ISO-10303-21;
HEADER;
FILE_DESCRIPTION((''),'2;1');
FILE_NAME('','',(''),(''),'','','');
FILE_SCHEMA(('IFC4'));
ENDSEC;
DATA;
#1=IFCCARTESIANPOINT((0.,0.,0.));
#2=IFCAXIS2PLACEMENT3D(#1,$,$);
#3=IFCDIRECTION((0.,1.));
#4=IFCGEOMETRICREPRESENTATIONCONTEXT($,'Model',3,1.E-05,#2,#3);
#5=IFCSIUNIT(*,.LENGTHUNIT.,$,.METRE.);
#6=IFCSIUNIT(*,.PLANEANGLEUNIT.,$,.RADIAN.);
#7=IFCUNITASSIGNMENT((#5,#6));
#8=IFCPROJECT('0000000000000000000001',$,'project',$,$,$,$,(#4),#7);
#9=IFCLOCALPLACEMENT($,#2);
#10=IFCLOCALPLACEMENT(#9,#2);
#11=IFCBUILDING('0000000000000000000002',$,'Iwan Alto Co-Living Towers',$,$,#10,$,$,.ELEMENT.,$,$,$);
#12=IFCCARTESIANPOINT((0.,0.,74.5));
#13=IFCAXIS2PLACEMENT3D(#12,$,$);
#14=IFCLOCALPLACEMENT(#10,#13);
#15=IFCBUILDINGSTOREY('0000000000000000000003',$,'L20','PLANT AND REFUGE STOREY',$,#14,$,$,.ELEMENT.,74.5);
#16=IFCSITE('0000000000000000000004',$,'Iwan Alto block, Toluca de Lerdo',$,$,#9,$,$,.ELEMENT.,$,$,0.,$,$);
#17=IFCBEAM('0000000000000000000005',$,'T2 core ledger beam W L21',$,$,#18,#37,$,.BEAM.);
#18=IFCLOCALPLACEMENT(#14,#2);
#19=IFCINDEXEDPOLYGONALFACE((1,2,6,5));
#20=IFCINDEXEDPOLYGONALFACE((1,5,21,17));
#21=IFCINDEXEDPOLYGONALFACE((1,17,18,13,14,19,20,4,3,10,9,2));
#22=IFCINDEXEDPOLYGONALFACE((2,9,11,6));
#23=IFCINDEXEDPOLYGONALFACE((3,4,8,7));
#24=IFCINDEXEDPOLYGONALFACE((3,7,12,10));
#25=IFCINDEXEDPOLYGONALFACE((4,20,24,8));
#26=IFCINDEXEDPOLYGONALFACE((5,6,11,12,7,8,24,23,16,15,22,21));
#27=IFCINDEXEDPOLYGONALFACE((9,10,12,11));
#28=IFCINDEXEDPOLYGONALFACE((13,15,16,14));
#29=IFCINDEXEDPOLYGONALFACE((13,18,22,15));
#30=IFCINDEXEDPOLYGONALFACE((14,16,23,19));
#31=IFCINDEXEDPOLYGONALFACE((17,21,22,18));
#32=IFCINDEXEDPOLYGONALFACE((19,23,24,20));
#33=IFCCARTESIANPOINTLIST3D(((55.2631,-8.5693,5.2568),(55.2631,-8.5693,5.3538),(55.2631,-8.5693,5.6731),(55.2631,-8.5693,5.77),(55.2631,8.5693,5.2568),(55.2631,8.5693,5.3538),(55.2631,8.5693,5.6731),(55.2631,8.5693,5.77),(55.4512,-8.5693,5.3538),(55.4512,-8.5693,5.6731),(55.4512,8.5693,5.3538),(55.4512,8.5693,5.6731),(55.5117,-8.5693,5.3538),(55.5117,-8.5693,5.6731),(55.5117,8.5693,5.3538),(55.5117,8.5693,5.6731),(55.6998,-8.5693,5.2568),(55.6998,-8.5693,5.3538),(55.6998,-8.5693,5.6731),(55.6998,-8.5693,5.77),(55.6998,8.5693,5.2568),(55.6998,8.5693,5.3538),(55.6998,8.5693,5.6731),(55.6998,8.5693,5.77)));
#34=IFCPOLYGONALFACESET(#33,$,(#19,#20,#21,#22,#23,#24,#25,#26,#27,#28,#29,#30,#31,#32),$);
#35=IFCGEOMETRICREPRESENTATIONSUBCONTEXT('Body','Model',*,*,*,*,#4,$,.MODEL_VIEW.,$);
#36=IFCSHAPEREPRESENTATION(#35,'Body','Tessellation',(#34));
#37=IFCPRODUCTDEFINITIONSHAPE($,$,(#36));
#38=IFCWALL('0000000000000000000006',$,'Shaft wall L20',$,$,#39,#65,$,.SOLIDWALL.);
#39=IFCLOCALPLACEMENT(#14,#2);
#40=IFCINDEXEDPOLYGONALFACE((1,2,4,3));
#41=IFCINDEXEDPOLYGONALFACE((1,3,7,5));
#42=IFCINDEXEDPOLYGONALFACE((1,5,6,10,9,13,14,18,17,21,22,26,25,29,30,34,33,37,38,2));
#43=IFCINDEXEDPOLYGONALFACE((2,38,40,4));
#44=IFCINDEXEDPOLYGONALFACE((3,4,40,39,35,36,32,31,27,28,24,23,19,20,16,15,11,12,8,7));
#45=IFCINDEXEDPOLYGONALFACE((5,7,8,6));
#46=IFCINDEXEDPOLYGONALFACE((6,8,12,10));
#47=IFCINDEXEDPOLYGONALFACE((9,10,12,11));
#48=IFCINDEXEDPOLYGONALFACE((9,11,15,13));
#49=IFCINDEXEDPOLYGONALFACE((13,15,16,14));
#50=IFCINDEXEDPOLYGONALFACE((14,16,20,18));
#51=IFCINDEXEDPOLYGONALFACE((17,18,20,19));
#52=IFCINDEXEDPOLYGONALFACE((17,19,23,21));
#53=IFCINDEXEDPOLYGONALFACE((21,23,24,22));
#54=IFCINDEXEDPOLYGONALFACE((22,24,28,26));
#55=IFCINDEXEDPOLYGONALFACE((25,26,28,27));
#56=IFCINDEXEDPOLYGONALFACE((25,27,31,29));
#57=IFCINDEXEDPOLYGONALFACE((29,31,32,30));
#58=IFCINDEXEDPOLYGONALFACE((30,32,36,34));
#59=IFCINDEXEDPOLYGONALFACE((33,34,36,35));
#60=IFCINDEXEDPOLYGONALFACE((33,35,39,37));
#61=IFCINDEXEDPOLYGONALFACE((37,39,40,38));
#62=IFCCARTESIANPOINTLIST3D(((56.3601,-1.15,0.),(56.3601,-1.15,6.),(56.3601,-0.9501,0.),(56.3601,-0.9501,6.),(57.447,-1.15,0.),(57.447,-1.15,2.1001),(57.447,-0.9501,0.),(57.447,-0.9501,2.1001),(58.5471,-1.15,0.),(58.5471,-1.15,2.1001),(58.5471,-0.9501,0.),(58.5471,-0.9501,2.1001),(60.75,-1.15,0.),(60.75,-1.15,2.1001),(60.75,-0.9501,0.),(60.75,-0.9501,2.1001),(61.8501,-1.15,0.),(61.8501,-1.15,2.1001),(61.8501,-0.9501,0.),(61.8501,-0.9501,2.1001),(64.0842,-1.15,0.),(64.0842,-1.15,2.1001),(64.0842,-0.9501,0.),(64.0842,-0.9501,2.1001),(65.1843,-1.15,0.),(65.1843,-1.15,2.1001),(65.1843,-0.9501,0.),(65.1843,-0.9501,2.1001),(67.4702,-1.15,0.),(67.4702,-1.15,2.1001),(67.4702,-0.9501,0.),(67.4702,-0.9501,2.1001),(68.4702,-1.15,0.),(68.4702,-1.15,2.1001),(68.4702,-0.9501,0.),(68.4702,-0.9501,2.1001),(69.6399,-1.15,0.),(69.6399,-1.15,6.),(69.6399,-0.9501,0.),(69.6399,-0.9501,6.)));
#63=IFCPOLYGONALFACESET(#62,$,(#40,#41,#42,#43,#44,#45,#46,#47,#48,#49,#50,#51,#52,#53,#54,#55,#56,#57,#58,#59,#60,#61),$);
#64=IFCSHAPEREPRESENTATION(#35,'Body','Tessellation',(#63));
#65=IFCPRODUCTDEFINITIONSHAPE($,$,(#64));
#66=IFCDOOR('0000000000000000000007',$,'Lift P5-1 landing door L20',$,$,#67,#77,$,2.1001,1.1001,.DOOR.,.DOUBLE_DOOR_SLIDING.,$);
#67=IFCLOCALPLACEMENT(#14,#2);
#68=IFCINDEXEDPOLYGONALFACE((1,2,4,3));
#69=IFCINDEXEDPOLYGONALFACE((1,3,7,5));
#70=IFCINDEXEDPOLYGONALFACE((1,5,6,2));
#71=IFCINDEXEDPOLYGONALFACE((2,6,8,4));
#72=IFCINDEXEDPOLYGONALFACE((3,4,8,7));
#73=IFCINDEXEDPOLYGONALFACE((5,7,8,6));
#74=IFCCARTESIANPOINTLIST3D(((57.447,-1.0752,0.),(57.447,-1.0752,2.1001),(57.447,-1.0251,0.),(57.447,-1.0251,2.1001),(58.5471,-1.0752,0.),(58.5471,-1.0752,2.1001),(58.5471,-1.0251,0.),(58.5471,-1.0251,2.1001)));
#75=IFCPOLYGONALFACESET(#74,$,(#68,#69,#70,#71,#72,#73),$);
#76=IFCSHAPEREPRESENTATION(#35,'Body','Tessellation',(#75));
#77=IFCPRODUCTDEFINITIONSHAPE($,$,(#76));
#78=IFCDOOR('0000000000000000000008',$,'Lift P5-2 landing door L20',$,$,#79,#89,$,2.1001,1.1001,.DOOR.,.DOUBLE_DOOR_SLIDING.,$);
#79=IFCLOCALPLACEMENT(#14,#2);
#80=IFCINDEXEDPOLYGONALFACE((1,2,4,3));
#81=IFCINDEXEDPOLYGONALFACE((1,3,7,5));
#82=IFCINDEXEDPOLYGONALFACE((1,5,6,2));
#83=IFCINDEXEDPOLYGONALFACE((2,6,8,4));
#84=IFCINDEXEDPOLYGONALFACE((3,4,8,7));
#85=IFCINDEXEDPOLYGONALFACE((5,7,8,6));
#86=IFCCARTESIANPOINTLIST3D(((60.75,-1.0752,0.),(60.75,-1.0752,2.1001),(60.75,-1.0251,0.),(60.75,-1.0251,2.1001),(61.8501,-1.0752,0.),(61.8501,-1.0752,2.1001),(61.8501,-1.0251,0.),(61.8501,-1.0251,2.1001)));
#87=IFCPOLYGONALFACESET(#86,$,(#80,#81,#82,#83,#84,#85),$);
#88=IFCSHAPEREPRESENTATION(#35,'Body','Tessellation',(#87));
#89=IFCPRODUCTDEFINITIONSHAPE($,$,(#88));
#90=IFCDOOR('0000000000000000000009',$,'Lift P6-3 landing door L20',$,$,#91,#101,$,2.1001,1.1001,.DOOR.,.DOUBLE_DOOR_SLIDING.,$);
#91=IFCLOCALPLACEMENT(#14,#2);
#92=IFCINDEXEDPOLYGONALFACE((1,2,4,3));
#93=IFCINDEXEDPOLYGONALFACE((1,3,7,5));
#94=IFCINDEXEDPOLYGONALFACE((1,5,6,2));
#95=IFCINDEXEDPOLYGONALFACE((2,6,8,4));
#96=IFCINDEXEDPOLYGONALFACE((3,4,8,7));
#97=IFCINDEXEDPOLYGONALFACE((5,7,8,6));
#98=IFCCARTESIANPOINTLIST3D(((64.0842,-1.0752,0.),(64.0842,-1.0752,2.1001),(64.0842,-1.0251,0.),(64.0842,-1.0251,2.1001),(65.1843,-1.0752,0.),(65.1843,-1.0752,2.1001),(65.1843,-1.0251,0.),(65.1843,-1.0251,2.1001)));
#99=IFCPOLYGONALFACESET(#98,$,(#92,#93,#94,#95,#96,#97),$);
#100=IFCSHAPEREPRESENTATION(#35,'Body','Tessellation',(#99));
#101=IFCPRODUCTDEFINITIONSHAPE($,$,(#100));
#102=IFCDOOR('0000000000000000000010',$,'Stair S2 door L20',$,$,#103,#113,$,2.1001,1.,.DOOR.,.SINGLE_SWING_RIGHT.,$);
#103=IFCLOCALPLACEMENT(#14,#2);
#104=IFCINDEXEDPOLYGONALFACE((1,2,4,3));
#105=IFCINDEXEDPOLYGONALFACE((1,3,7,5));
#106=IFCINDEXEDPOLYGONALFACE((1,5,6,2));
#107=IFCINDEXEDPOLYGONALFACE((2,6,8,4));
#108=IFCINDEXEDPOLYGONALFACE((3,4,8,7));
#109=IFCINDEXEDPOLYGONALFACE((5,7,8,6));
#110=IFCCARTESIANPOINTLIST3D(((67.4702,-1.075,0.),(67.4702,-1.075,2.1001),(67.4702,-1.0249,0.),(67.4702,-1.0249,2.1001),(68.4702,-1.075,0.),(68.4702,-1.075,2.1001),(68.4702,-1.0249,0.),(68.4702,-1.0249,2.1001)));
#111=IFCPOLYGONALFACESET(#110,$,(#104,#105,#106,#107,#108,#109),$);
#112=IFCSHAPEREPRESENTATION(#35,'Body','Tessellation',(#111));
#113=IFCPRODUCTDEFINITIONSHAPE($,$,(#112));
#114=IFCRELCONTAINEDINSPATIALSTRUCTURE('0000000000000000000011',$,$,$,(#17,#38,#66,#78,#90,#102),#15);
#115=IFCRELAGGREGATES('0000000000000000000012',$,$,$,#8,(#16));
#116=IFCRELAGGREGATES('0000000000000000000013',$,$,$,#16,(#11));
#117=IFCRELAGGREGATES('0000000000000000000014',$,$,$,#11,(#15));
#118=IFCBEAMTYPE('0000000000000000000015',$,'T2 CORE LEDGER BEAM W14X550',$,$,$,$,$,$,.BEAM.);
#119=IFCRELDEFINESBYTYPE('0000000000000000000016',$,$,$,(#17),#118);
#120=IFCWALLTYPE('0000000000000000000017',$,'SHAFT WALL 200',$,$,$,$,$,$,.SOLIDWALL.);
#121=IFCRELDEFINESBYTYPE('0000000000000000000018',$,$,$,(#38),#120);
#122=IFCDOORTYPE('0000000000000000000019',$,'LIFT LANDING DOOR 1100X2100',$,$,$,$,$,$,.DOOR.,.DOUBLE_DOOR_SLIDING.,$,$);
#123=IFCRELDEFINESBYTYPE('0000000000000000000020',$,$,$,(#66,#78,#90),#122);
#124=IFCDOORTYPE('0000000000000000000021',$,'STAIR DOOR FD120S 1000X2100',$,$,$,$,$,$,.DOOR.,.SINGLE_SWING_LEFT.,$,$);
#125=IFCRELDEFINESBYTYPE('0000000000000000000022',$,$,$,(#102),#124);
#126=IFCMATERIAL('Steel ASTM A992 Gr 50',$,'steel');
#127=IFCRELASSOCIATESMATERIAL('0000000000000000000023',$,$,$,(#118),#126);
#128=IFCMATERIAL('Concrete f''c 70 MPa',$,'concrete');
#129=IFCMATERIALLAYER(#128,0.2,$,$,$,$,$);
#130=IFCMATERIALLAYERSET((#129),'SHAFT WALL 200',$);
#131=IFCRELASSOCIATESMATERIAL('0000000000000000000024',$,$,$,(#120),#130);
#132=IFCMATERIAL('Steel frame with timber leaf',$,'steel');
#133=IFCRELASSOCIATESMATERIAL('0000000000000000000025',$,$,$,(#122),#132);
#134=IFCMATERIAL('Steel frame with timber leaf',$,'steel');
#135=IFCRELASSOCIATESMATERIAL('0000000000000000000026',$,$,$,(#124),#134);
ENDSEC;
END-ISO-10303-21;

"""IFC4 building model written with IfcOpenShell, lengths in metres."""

from ifc_helpers import new_model, si_unit, direction, frame, frame_2d, origin, origin_2d, place, context, subcontext, project, spatial, rectangle, i_section, extrude, material, layer, layer_set, material_profile, profile_set, type_object, element, fill, save


model = new_model("IFC4")

# Units and contexts
model_context = context("Model", 3, precision=1e-05, world=origin(), true_north=direction((0.0, 1.0)))
body_context = subcontext(model_context, "Body", "Model", "MODEL_VIEW")
ifc_project = project(units=[si_unit("LENGTHUNIT", "METRE"), si_unit("PLANEANGLEUNIT", "RADIAN")], contexts=[model_context])

# Site, building, storey
site_placement = place(None, origin())
site = spatial("IfcSite", under=ifc_project, at=site_placement, Name="Iwan Alto block, Toluca de Lerdo", CompositionType="ELEMENT", RefElevation=0.0)
building_placement = place(site_placement, origin())
building = spatial("IfcBuilding", under=site, at=building_placement, Name="Iwan Alto Co-Living Towers", CompositionType="ELEMENT")
storey_placement = place(building_placement, frame((0.0, 0.0, 74.5)))
storey = spatial("IfcBuildingStorey", under=building, at=storey_placement, Name="L20", Description="PLANT AND REFUGE STOREY", CompositionType="ELEMENT", Elevation=74.5)

# Beam
ifc_material_1 = material(Name="Steel ASTM A992 Gr 50", Category="steel")
ifc_material_profile = material_profile(ifc_material_1, i_section(OverallWidth=0.4368, OverallDepth=0.5132, WebThickness=0.0605, FlangeThickness=0.0969, at=origin_2d()), Name="W14X550")
ifc_profile_set = profile_set([ifc_material_profile], Name="Steel ASTM A992 Gr 50")
beam_type = type_object("IfcBeamType", Name="T2 CORE LEDGER BEAM W14X550", PredefinedType="BEAM", material=ifc_profile_set)
beam_placement = place(storey_placement, frame((55.4814, 8.5693, 5.5134), z_axis=(0.0, -1.0, 0.0), x_axis=(1.0, 0.0, 0.0)))
element("IfcBeam", 1, at=beam_placement, inside=storey, type_object=beam_type, Name="T2 core ledger beam W L21", PredefinedType="BEAM", context=body_context, shape_type="SweptSolid", body=[
    extrude(i_section(OverallWidth=0.4368, OverallDepth=0.5132, WebThickness=0.0605, FlangeThickness=0.0969, at=origin_2d()), origin(), (0.0, 0.0, 1.0), 17.1387),
])

# Wall, openings, doors
ifc_material_2 = material(Name="Concrete f'c 70 MPa", Category="concrete")
ifc_layer_1 = layer(ifc_material_2, 0.2)
ifc_layer_set_1 = layer_set([ifc_layer_1], Name="SHAFT WALL 200")
wall_type_1 = type_object("IfcWallType", Name="SHAFT WALL 200", PredefinedType="SOLIDWALL", material=ifc_layer_set_1)
wall_1_placement = place(storey_placement, frame((56.3601, -1.05, 0.0), z_axis=(0.0, 0.0, 1.0), x_axis=(1.0, 0.0, 0.0)))
wall_1 = element("IfcWall", 2, at=wall_1_placement, inside=storey, type_object=wall_type_1, Name="Shaft wall L20", PredefinedType="SOLIDWALL", context=body_context, shape_type="SweptSolid", body=[
    extrude(rectangle(XDim=13.2798, YDim=0.2, at=frame_2d((6.6399, 0.0))), origin(), (0.0, 0.0, 1.0), 6.0),
])
opening_1_placement = place(wall_1_placement, frame((11.1101, 0.0, 0.0)))
opening_1 = element("IfcOpeningElement", 3, at=opening_1_placement, cuts=wall_1, PredefinedType="OPENING", context=body_context, shape_type="SweptSolid", body=[
    extrude(rectangle(XDim=1.0, YDim=2.1001, at=frame_2d((0.5, 1.05))), frame((0.0, 0.1099, 0.0), z_axis=(0.0, -1.0, 0.0), x_axis=(1.0, 0.0, 0.0)), (0.0, 0.0, 1.0), 0.22),
])
opening_2_placement = place(wall_1_placement, frame((1.0869, 0.0, 0.0)))
opening_2 = element("IfcOpeningElement", 4, at=opening_2_placement, cuts=wall_1, PredefinedType="OPENING", context=body_context, shape_type="SweptSolid", body=[
    extrude(rectangle(XDim=1.1001, YDim=2.1001, at=frame_2d((0.55, 1.05))), frame((0.0, 0.1099, 0.0), z_axis=(0.0, -1.0, 0.0), x_axis=(1.0, 0.0, 0.0)), (0.0, 0.0, 1.0), 0.22),
])
opening_3_placement = place(wall_1_placement, frame((4.3899, 0.0, 0.0)))
opening_3 = element("IfcOpeningElement", 5, at=opening_3_placement, cuts=wall_1, PredefinedType="OPENING", context=body_context, shape_type="SweptSolid", body=[
    extrude(rectangle(XDim=1.1001, YDim=2.1001, at=frame_2d((0.55, 1.05))), frame((0.0, 0.1099, 0.0), z_axis=(0.0, -1.0, 0.0), x_axis=(1.0, 0.0, 0.0)), (0.0, 0.0, 1.0), 0.22),
])
opening_4_placement = place(wall_1_placement, frame((7.7241, 0.0, 0.0)))
opening_4 = element("IfcOpeningElement", 6, at=opening_4_placement, cuts=wall_1, PredefinedType="OPENING", context=body_context, shape_type="SweptSolid", body=[
    extrude(rectangle(XDim=1.1001, YDim=2.1001, at=frame_2d((0.55, 1.05))), frame((0.0, 0.1099, 0.0), z_axis=(0.0, -1.0, 0.0), x_axis=(1.0, 0.0, 0.0)), (0.0, 0.0, 1.0), 0.22),
])
ifc_material_3 = material(Name="Steel frame with timber leaf", Category="steel")
door_type_1 = type_object("IfcDoorType", Name="LIFT LANDING DOOR 1100X2100", OperationType="DOUBLE_DOOR_SLIDING", PredefinedType="DOOR", material=ifc_material_3)
door_1_placement = place(opening_2_placement, origin())
door_1 = element("IfcDoor", 7, at=door_1_placement, inside=storey, type_object=door_type_1, Name="Lift P5-1 landing door L20", OperationType="DOUBLE_DOOR_SLIDING", OverallHeight=2.1001, OverallWidth=1.1001, PredefinedType="DOOR", context=body_context, shape_type="SweptSolid", body=[
    extrude(rectangle(XDim=1.1001, YDim=2.1001, at=frame_2d((0.55, 1.05))), frame((0.0, 0.0249, 0.0), z_axis=(0.0, -1.0, 0.0), x_axis=(1.0, 0.0, 0.0)), (0.0, 0.0, 1.0), 0.05),
])
fill(opening_2, door_1)
door_2_placement = place(opening_3_placement, origin())
door_2 = element("IfcDoor", 8, at=door_2_placement, inside=storey, type_object=door_type_1, Name="Lift P5-2 landing door L20", OperationType="DOUBLE_DOOR_SLIDING", OverallHeight=2.1001, OverallWidth=1.1001, PredefinedType="DOOR", context=body_context, shape_type="SweptSolid", body=[
    extrude(rectangle(XDim=1.1001, YDim=2.1001, at=frame_2d((0.55, 1.05))), frame((0.0, 0.0249, 0.0), z_axis=(0.0, -1.0, 0.0), x_axis=(1.0, 0.0, 0.0)), (0.0, 0.0, 1.0), 0.05),
])
fill(opening_3, door_2)
door_3_placement = place(opening_4_placement, origin())
door_3 = element("IfcDoor", 9, at=door_3_placement, inside=storey, type_object=door_type_1, Name="Lift P6-3 landing door L20", OperationType="DOUBLE_DOOR_SLIDING", OverallHeight=2.1001, OverallWidth=1.1001, PredefinedType="DOOR", context=body_context, shape_type="SweptSolid", body=[
    extrude(rectangle(XDim=1.1001, YDim=2.1001, at=frame_2d((0.55, 1.05))), frame((0.0, 0.0249, 0.0), z_axis=(0.0, -1.0, 0.0), x_axis=(1.0, 0.0, 0.0)), (0.0, 0.0, 1.0), 0.05),
])
fill(opening_4, door_3)
ifc_material_4 = material(Name="Steel frame with timber leaf", Category="steel")
door_type_2 = type_object("IfcDoorType", Name="STAIR DOOR FD120S 1000X2100", OperationType="SINGLE_SWING_LEFT", PredefinedType="DOOR", material=ifc_material_4)
door_4_placement = place(opening_1_placement, frame((1.0, 0.0, 0.0), z_axis=(0.0, 0.0, 1.0), x_axis=(-1.0, 0.0, 0.0)))
door_4 = element("IfcDoor", 10, at=door_4_placement, inside=storey, type_object=door_type_2, Name="Stair S2 door L20", OperationType="SINGLE_SWING_RIGHT", OverallHeight=2.1001, OverallWidth=1.0, PredefinedType="DOOR", context=body_context, shape_type="SweptSolid", body=[
    extrude(rectangle(XDim=1.0, YDim=2.1001, at=frame_2d((0.5, 1.05))), frame((0.0, 0.0249, 0.0), z_axis=(0.0, -1.0, 0.0), x_axis=(1.0, 0.0, 0.0)), (0.0, 0.0, 1.0), 0.05),
])
fill(opening_1, door_4)

save(model, "model.ifc")
